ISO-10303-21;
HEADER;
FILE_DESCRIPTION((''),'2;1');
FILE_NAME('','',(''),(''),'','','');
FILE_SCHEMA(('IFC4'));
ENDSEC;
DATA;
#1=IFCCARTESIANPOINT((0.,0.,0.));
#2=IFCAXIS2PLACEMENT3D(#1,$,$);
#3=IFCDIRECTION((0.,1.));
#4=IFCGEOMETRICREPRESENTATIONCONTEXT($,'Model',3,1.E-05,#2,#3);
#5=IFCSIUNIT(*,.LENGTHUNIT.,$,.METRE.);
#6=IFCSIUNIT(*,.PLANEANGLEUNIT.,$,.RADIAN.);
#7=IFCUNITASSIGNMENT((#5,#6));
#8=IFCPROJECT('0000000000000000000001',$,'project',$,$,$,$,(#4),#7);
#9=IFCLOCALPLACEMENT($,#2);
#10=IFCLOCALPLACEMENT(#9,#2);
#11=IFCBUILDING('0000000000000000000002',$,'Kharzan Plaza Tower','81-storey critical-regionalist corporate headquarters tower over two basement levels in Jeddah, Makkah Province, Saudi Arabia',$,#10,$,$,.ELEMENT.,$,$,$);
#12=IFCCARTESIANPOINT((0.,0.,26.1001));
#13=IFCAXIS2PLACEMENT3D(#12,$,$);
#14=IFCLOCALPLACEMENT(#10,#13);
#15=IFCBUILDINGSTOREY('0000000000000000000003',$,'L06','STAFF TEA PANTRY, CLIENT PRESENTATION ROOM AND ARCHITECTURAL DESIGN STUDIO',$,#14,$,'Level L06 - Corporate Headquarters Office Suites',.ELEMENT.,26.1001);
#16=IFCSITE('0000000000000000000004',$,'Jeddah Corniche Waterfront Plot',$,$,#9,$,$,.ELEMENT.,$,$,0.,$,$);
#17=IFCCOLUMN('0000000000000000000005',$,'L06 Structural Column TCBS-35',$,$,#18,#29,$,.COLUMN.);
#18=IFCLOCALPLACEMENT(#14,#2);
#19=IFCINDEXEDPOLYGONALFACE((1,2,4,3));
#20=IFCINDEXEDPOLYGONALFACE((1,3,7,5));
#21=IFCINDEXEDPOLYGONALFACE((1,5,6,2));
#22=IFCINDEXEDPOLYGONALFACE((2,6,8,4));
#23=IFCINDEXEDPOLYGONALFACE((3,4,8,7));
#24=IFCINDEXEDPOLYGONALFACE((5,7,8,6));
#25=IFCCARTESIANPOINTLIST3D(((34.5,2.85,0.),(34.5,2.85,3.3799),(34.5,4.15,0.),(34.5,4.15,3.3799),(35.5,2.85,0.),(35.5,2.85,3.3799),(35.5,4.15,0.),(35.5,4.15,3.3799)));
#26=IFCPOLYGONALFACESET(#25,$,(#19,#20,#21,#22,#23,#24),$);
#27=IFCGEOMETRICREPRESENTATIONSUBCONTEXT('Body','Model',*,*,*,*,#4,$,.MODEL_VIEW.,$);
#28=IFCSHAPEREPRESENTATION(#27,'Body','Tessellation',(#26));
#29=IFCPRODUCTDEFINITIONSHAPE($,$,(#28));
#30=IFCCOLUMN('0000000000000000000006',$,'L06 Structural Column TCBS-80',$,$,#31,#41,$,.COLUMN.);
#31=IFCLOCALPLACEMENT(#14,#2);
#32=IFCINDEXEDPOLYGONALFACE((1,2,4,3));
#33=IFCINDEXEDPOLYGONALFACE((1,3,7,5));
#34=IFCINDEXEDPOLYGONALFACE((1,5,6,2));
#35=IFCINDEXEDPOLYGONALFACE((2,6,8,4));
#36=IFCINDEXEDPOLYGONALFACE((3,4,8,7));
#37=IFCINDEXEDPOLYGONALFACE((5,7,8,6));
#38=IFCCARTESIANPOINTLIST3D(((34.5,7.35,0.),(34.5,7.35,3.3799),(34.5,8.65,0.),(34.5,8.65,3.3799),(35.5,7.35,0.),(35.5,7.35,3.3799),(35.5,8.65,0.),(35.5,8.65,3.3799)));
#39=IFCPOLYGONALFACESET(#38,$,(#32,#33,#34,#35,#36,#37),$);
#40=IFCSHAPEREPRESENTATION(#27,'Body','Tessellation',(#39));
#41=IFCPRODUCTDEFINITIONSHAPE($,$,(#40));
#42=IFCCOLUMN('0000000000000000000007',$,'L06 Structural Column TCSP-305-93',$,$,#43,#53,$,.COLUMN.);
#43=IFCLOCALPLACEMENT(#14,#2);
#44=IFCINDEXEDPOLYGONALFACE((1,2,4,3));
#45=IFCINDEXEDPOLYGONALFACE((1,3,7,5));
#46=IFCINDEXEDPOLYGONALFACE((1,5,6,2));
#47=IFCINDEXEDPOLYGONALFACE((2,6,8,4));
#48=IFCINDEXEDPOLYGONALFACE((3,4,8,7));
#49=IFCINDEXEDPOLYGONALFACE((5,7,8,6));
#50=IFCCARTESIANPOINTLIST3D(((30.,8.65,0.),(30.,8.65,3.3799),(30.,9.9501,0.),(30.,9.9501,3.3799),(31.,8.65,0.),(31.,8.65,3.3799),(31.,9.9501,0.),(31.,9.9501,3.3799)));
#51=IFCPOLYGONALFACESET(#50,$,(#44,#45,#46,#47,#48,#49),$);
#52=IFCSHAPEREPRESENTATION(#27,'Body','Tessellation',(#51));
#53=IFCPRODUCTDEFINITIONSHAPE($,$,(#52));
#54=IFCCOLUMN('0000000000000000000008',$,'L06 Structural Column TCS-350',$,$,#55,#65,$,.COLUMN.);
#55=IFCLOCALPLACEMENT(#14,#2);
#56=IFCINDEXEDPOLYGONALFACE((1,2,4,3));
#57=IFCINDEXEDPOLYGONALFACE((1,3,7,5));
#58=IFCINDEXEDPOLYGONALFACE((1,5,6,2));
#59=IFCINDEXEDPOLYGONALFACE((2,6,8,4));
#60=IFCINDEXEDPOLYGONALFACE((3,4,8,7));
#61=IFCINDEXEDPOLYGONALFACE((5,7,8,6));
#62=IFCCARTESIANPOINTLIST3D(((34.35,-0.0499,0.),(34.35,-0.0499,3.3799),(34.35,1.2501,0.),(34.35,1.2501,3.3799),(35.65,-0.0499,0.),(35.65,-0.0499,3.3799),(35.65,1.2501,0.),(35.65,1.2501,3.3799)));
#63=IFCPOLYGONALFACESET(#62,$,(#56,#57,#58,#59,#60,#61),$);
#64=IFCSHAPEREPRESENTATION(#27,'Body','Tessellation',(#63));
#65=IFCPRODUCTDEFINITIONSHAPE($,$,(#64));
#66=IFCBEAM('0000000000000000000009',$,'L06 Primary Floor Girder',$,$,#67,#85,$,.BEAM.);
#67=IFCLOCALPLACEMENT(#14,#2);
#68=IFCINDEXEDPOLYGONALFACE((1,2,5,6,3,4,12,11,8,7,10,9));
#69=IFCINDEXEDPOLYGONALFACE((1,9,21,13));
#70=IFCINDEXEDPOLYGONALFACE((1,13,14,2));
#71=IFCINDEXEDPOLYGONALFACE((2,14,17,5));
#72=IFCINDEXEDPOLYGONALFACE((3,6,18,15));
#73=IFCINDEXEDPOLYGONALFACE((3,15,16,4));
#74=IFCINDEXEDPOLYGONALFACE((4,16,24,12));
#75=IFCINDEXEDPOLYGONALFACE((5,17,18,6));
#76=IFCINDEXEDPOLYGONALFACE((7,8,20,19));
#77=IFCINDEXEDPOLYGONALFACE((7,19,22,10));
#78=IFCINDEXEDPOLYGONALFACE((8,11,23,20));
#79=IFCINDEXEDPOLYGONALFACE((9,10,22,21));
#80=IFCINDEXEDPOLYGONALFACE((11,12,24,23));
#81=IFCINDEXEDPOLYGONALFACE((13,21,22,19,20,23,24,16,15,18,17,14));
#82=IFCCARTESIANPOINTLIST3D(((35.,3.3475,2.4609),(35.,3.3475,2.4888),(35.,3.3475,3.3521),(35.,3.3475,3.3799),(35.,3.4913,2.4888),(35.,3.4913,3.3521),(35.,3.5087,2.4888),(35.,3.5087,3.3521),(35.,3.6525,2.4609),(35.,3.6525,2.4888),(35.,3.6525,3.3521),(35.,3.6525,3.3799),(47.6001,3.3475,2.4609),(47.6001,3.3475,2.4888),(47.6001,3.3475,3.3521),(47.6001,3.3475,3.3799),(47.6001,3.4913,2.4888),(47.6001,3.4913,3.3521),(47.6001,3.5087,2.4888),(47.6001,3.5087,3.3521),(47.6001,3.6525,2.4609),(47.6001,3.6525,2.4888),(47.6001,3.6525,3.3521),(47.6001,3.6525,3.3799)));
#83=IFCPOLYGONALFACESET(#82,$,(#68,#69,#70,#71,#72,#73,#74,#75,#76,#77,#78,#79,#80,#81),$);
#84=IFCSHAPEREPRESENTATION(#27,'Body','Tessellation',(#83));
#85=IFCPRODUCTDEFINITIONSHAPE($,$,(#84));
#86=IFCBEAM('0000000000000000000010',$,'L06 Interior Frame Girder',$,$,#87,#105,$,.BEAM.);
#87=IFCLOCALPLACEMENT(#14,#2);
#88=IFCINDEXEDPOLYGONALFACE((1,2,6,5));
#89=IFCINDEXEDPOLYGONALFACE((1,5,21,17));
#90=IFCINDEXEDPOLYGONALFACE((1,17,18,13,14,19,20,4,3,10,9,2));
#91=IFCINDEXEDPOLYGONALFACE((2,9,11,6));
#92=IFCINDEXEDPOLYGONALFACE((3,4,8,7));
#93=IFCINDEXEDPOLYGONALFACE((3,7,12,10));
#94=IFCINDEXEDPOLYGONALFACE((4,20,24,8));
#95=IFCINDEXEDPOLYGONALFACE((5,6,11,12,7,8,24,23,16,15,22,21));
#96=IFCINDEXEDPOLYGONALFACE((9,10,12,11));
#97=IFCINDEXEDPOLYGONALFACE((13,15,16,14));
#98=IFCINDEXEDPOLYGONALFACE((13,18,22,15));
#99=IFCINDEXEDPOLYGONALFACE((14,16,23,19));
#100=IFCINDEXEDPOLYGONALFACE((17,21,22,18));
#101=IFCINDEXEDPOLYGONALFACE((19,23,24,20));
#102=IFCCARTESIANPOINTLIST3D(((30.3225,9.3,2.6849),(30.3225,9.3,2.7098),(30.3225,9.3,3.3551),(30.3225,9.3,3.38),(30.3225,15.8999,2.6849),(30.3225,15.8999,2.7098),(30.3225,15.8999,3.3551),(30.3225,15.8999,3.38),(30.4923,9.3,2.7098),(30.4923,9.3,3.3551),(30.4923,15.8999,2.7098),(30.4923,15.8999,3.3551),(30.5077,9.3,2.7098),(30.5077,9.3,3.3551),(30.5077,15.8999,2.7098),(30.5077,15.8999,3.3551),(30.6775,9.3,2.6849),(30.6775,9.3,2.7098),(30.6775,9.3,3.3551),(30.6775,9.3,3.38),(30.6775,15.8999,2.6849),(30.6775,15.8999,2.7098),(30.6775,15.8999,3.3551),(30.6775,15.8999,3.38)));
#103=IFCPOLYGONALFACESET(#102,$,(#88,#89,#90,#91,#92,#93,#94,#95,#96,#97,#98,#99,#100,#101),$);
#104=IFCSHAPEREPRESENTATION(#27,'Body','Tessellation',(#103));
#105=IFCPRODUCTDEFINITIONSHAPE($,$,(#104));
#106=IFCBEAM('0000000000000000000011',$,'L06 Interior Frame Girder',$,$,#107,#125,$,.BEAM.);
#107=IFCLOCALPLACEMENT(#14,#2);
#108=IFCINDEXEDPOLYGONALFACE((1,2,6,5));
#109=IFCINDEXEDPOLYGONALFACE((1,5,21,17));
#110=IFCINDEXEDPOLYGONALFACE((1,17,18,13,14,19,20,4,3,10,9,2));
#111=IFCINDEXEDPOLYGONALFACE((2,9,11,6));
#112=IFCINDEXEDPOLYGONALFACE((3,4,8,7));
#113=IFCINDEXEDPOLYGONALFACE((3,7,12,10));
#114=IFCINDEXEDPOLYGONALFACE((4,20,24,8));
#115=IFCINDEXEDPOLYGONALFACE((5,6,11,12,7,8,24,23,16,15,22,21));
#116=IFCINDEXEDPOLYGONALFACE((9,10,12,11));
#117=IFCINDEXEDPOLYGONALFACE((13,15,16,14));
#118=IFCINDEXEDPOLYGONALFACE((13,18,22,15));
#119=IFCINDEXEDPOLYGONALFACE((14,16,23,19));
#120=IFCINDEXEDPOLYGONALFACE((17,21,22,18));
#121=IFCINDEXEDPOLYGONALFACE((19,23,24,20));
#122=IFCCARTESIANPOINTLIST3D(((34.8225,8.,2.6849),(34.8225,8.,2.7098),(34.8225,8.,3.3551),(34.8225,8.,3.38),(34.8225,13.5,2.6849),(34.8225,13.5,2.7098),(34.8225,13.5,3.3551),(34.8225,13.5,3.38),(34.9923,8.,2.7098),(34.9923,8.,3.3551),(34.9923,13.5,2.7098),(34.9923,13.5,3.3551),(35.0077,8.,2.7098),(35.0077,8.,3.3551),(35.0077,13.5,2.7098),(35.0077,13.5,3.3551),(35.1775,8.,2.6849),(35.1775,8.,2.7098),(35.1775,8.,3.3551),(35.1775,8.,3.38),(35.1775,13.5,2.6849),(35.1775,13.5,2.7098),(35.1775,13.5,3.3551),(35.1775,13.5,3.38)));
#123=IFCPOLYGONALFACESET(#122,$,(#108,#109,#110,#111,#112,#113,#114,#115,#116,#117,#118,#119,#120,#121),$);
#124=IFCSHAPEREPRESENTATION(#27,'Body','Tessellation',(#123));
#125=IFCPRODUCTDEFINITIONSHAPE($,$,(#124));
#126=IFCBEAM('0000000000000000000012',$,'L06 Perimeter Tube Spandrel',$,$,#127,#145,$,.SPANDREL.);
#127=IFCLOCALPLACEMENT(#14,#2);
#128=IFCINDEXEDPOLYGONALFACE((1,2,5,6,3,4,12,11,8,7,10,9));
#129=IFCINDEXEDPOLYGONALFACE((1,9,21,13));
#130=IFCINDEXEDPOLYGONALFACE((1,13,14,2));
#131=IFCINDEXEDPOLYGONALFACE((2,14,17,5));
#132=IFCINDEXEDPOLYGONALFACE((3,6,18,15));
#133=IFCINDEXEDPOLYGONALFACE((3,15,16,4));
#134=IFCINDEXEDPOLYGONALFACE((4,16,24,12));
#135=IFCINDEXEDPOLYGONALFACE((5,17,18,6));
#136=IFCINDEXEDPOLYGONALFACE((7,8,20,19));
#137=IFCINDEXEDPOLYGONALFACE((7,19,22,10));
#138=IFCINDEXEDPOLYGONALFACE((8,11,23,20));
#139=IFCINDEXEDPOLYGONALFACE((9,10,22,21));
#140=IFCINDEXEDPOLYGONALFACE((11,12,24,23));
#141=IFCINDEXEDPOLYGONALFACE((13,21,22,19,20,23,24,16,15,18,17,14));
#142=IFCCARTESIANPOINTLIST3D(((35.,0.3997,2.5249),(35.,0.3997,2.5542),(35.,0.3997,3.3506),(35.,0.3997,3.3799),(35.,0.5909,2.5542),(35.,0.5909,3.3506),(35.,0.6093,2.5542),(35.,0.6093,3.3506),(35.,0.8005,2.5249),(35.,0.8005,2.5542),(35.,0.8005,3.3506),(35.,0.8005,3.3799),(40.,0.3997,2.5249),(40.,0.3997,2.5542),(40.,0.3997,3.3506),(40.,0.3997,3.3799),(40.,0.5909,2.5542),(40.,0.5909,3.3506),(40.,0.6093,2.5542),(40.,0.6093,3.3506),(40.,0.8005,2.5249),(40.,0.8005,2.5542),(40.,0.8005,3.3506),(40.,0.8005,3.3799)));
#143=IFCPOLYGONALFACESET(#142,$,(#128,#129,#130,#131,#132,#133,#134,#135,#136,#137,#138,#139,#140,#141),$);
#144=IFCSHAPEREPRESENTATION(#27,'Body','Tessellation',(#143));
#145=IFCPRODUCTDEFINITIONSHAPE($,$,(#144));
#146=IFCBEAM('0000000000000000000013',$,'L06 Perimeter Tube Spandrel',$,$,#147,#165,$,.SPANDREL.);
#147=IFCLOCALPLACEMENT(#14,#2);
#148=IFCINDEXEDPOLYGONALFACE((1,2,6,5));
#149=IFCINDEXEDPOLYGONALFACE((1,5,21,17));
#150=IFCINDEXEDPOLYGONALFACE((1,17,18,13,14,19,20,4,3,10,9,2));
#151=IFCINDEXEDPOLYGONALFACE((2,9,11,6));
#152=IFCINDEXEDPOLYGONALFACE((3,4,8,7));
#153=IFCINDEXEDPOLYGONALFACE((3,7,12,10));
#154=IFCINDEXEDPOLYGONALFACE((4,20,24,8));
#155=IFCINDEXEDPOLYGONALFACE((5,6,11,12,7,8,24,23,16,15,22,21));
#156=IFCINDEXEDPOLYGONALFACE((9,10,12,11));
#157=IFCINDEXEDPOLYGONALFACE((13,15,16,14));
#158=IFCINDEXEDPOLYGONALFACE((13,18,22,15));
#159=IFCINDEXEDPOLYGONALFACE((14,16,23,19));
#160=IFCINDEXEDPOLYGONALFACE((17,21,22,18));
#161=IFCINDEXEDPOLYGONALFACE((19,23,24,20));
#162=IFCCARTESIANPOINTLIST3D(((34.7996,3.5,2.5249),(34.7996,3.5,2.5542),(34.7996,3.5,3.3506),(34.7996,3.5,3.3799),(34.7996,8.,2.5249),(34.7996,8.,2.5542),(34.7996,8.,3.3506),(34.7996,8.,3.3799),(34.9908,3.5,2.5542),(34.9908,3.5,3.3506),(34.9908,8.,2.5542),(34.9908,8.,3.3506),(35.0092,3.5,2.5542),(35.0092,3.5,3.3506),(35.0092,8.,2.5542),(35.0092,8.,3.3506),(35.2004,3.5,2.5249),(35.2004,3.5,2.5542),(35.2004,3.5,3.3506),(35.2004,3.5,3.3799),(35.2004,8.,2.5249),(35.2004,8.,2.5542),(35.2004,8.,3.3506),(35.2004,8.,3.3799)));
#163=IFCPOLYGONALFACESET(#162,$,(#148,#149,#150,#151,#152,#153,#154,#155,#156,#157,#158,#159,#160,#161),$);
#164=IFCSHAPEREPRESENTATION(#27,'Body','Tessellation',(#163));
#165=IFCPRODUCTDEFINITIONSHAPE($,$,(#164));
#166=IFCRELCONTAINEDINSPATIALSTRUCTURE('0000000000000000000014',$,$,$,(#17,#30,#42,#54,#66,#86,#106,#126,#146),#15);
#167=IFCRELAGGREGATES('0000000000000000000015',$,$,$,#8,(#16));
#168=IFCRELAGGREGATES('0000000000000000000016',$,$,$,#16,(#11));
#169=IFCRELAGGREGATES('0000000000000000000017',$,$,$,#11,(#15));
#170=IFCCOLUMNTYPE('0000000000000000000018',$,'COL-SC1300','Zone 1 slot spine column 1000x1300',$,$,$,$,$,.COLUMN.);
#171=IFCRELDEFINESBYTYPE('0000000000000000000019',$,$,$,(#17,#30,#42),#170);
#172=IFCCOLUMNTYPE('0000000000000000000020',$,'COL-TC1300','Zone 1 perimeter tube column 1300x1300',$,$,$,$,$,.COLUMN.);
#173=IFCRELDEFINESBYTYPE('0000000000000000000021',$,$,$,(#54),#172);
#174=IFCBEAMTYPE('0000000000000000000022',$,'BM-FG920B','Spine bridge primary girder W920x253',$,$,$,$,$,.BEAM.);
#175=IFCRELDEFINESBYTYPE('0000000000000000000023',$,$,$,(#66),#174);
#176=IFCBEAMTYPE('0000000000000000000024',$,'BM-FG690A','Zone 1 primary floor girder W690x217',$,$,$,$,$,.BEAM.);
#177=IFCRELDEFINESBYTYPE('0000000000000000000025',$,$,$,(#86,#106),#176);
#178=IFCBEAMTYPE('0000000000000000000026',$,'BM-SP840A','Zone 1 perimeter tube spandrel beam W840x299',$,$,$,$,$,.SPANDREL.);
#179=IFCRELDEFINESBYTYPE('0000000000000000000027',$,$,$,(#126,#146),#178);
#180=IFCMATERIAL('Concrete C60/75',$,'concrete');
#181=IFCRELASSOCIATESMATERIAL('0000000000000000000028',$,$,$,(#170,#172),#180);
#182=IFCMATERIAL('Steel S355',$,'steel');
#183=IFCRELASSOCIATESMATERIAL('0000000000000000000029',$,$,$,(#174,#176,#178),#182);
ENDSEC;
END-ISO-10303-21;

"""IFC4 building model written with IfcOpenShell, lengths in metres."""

from ifc_helpers import new_model, si_unit, direction, frame, origin, origin_2d, place, context, subcontext, project, spatial, rectangle, i_section, extrude, source, transform, mapped, material, material_profile, profile_set, type_object, element, save


model = new_model("IFC4")

# Units and contexts
model_context = context("Model", 3, precision=1e-05, world=origin(), true_north=direction((0.0, 1.0)))
body_context = subcontext(model_context, "Body", "Model", "MODEL_VIEW")
ifc_project = project(units=[si_unit("LENGTHUNIT", "METRE"), si_unit("PLANEANGLEUNIT", "RADIAN")], contexts=[model_context])

# Site, building, storey
site_placement = place(None, origin())
site = spatial("IfcSite", under=ifc_project, at=site_placement, Name="Jeddah Corniche Waterfront Plot", CompositionType="ELEMENT", RefElevation=0.0)
building_placement = place(site_placement, origin())
building = spatial("IfcBuilding", under=site, at=building_placement, Name="Kharzan Plaza Tower", Description="81-storey critical-regionalist corporate headquarters tower over two basement levels in Jeddah, Makkah Province, Saudi Arabia", CompositionType="ELEMENT")
storey_placement = place(building_placement, frame((0.0, 0.0, 26.1001)))
storey = spatial("IfcBuildingStorey", under=building, at=storey_placement, Name="L06", Description="STAFF TEA PANTRY, CLIENT PRESENTATION ROOM AND ARCHITECTURAL DESIGN STUDIO", LongName="Level L06 - Corporate Headquarters Office Suites", CompositionType="ELEMENT", Elevation=26.1001)

# Columns
ifc_material_1 = material(Name="Concrete C60/75", Category="concrete")
ifc_material_profile_1 = material_profile(ifc_material_1, rectangle(XDim=1.0, YDim=1.3, at=origin_2d()), Name="RC-SC1300x1000")
ifc_profile_set_1 = profile_set([ifc_material_profile_1], Name="Concrete C60/75")
column_type_1 = type_object("IfcColumnType", Name="COL-SC1300", Description="Zone 1 slot spine column 1000x1300", PredefinedType="COLUMN", material=ifc_profile_set_1)
shared_shape_1 = source(origin(), body_context, "Body", "SweptSolid", [
    extrude(rectangle(XDim=1.0, YDim=1.3, at=origin_2d()), origin(), (0.0, 0.0, 1.0), 3.3799),
])
for number, where, z_axis, x_axis, name in (
    (1, (35.0, 3.5, 0.0), (0.0, 0.0, 1.0), (1.0, 0.0, 0.0), "L06 Structural Column TCBS-35"),
    (2, (35.0, 8.0, 0.0), (0.0, 0.0, 1.0), (1.0, 0.0, 0.0), "L06 Structural Column TCBS-80"),
    (3, (30.5, 9.3, 0.0), (0.0, 0.0, 1.0), (1.0, 0.0, 0.0), "L06 Structural Column TCSP-305-93"),
):
    element("IfcColumn", number, at=place(storey_placement, frame(where, z_axis=z_axis, x_axis=x_axis)), inside=storey, type_object=column_type_1, Name=name, PredefinedType="COLUMN", context=body_context, shape_type="MappedRepresentation", body=[
        mapped(shared_shape_1, transform((0.0, 0.0, 0.0), x_axis=(1.0, 0.0, 0.0), y_axis=(0.0, 1.0, 0.0), z_axis=(0.0, 0.0, 1.0))),
    ])
ifc_material_profile_2 = material_profile(ifc_material_1, rectangle(XDim=1.3, YDim=1.3, at=origin_2d()), Name="RC-TC1300x1300")
ifc_profile_set_2 = profile_set([ifc_material_profile_2], Name="Concrete C60/75")
column_type_2 = type_object("IfcColumnType", Name="COL-TC1300", Description="Zone 1 perimeter tube column 1300x1300", PredefinedType="COLUMN", material=ifc_profile_set_2)
shared_shape_2 = source(origin(), body_context, "Body", "SweptSolid", [
    extrude(rectangle(XDim=1.3, YDim=1.3, at=origin_2d()), origin(), (0.0, 0.0, 1.0), 3.3799),
])
column_placement = place(storey_placement, frame((35.0, 0.6001, 0.0), z_axis=(0.0, 0.0, 1.0), x_axis=(1.0, 0.0, 0.0)))
element("IfcColumn", 4, at=column_placement, inside=storey, type_object=column_type_2, Name="L06 Structural Column TCS-350", PredefinedType="COLUMN", context=body_context, shape_type="MappedRepresentation", body=[
    mapped(shared_shape_2, transform((0.0, 0.0, 0.0), x_axis=(1.0, 0.0, 0.0), y_axis=(0.0, 1.0, 0.0), z_axis=(0.0, 0.0, 1.0))),
])

# Beams
ifc_material_2 = material(Name="Steel S355", Category="steel")
ifc_material_profile_3 = material_profile(ifc_material_2, i_section(OverallWidth=0.3049, OverallDepth=0.9189, WebThickness=0.0173, FlangeThickness=0.0278, at=origin_2d()), Name="W920x253")
ifc_profile_set_3 = profile_set([ifc_material_profile_3], Name="Steel S355")
beam_type_1 = type_object("IfcBeamType", Name="BM-FG920B", Description="Spine bridge primary girder W920x253", PredefinedType="BEAM", material=ifc_profile_set_3)
shared_shape_3 = source(origin(), body_context, "Body", "SweptSolid", [
    extrude(i_section(OverallWidth=0.3049, OverallDepth=0.9189, WebThickness=0.0173, FlangeThickness=0.0278, at=origin_2d()), origin(), (0.0, 0.0, 1.0), 12.6001),
])
beam_1_placement = place(storey_placement, frame((35.0, 3.5, 2.9204), z_axis=(1.0, 0.0, 0.0), x_axis=(0.0, 1.0, 0.0)))
element("IfcBeam", 5, at=beam_1_placement, inside=storey, type_object=beam_type_1, Name="L06 Primary Floor Girder", PredefinedType="BEAM", context=body_context, shape_type="MappedRepresentation", body=[
    mapped(shared_shape_3, transform((0.0, 0.0, 0.0), x_axis=(1.0, 0.0, 0.0), y_axis=(0.0, 1.0, 0.0), z_axis=(0.0, 0.0, 1.0))),
])
ifc_material_profile_4 = material_profile(ifc_material_2, i_section(OverallWidth=0.355, OverallDepth=0.6951, WebThickness=0.0154, FlangeThickness=0.0249, at=origin_2d()), Name="W690x217")
ifc_profile_set_4 = profile_set([ifc_material_profile_4], Name="Steel S355")
beam_type_2 = type_object("IfcBeamType", Name="BM-FG690A", Description="Zone 1 primary floor girder W690x217", PredefinedType="BEAM", material=ifc_profile_set_4)
shared_shape_4 = source(origin(), body_context, "Body", "SweptSolid", [
    extrude(i_section(OverallWidth=0.355, OverallDepth=0.6951, WebThickness=0.0154, FlangeThickness=0.0249, at=origin_2d()), origin(), (0.0, 0.0, 1.0), 6.5999),
])
beam_2_placement = place(storey_placement, frame((30.5, 9.3, 3.0325), z_axis=(0.0, 1.0, 0.0), x_axis=(-1.0, 0.0, 0.0)))
element("IfcBeam", 6, at=beam_2_placement, inside=storey, type_object=beam_type_2, Name="L06 Interior Frame Girder", PredefinedType="BEAM", context=body_context, shape_type="MappedRepresentation", body=[
    mapped(shared_shape_4, transform((0.0, 0.0, 0.0), x_axis=(1.0, 0.0, 0.0), y_axis=(0.0, 1.0, 0.0), z_axis=(0.0, 0.0, 1.0))),
])
shared_shape_5 = source(origin(), body_context, "Body", "SweptSolid", [
    extrude(i_section(OverallWidth=0.355, OverallDepth=0.6951, WebThickness=0.0154, FlangeThickness=0.0249, at=origin_2d()), origin(), (0.0, 0.0, 1.0), 5.5),
])
beam_3_placement = place(storey_placement, frame((35.0, 8.0, 3.0325), z_axis=(0.0, 1.0, 0.0), x_axis=(-1.0, 0.0, 0.0)))
element("IfcBeam", 7, at=beam_3_placement, inside=storey, type_object=beam_type_2, Name="L06 Interior Frame Girder", PredefinedType="BEAM", context=body_context, shape_type="MappedRepresentation", body=[
    mapped(shared_shape_5, transform((0.0, 0.0, 0.0), x_axis=(1.0, 0.0, 0.0), y_axis=(0.0, 1.0, 0.0), z_axis=(0.0, 0.0, 1.0))),
])
ifc_material_profile_5 = material_profile(ifc_material_2, i_section(OverallWidth=0.4009, OverallDepth=0.855, WebThickness=0.0183, FlangeThickness=0.0293, at=origin_2d()), Name="W840x299")
ifc_profile_set_5 = profile_set([ifc_material_profile_5], Name="Steel S355")
beam_type_3 = type_object("IfcBeamType", Name="BM-SP840A", Description="Zone 1 perimeter tube spandrel beam W840x299", PredefinedType="SPANDREL", material=ifc_profile_set_5)
shared_shape_6 = source(origin(), body_context, "Body", "SweptSolid", [
    extrude(i_section(OverallWidth=0.4009, OverallDepth=0.855, WebThickness=0.0183, FlangeThickness=0.0293, at=origin_2d()), origin(), (0.0, 0.0, 1.0), 5.0),
])
beam_4_placement = place(storey_placement, frame((35.0, 0.6001, 2.9524), z_axis=(1.0, 0.0, 0.0), x_axis=(0.0, 1.0, 0.0)))
element("IfcBeam", 8, at=beam_4_placement, inside=storey, type_object=beam_type_3, Name="L06 Perimeter Tube Spandrel", PredefinedType="SPANDREL", context=body_context, shape_type="MappedRepresentation", body=[
    mapped(shared_shape_6, transform((0.0, 0.0, 0.0), x_axis=(1.0, 0.0, 0.0), y_axis=(0.0, 1.0, 0.0), z_axis=(0.0, 0.0, 1.0))),
])
shared_shape_7 = source(origin(), body_context, "Body", "SweptSolid", [
    extrude(i_section(OverallWidth=0.4009, OverallDepth=0.855, WebThickness=0.0183, FlangeThickness=0.0293, at=origin_2d()), origin(), (0.0, 0.0, 1.0), 4.5),
])
beam_5_placement = place(storey_placement, frame((35.0, 3.5, 2.9524), z_axis=(0.0, 1.0, 0.0), x_axis=(-1.0, 0.0, 0.0)))
element("IfcBeam", 9, at=beam_5_placement, inside=storey, type_object=beam_type_3, Name="L06 Perimeter Tube Spandrel", PredefinedType="SPANDREL", context=body_context, shape_type="MappedRepresentation", body=[
    mapped(shared_shape_7, transform((0.0, 0.0, 0.0), x_axis=(1.0, 0.0, 0.0), y_axis=(0.0, 1.0, 0.0), z_axis=(0.0, 0.0, 1.0))),
])

save(model, "model.ifc")
